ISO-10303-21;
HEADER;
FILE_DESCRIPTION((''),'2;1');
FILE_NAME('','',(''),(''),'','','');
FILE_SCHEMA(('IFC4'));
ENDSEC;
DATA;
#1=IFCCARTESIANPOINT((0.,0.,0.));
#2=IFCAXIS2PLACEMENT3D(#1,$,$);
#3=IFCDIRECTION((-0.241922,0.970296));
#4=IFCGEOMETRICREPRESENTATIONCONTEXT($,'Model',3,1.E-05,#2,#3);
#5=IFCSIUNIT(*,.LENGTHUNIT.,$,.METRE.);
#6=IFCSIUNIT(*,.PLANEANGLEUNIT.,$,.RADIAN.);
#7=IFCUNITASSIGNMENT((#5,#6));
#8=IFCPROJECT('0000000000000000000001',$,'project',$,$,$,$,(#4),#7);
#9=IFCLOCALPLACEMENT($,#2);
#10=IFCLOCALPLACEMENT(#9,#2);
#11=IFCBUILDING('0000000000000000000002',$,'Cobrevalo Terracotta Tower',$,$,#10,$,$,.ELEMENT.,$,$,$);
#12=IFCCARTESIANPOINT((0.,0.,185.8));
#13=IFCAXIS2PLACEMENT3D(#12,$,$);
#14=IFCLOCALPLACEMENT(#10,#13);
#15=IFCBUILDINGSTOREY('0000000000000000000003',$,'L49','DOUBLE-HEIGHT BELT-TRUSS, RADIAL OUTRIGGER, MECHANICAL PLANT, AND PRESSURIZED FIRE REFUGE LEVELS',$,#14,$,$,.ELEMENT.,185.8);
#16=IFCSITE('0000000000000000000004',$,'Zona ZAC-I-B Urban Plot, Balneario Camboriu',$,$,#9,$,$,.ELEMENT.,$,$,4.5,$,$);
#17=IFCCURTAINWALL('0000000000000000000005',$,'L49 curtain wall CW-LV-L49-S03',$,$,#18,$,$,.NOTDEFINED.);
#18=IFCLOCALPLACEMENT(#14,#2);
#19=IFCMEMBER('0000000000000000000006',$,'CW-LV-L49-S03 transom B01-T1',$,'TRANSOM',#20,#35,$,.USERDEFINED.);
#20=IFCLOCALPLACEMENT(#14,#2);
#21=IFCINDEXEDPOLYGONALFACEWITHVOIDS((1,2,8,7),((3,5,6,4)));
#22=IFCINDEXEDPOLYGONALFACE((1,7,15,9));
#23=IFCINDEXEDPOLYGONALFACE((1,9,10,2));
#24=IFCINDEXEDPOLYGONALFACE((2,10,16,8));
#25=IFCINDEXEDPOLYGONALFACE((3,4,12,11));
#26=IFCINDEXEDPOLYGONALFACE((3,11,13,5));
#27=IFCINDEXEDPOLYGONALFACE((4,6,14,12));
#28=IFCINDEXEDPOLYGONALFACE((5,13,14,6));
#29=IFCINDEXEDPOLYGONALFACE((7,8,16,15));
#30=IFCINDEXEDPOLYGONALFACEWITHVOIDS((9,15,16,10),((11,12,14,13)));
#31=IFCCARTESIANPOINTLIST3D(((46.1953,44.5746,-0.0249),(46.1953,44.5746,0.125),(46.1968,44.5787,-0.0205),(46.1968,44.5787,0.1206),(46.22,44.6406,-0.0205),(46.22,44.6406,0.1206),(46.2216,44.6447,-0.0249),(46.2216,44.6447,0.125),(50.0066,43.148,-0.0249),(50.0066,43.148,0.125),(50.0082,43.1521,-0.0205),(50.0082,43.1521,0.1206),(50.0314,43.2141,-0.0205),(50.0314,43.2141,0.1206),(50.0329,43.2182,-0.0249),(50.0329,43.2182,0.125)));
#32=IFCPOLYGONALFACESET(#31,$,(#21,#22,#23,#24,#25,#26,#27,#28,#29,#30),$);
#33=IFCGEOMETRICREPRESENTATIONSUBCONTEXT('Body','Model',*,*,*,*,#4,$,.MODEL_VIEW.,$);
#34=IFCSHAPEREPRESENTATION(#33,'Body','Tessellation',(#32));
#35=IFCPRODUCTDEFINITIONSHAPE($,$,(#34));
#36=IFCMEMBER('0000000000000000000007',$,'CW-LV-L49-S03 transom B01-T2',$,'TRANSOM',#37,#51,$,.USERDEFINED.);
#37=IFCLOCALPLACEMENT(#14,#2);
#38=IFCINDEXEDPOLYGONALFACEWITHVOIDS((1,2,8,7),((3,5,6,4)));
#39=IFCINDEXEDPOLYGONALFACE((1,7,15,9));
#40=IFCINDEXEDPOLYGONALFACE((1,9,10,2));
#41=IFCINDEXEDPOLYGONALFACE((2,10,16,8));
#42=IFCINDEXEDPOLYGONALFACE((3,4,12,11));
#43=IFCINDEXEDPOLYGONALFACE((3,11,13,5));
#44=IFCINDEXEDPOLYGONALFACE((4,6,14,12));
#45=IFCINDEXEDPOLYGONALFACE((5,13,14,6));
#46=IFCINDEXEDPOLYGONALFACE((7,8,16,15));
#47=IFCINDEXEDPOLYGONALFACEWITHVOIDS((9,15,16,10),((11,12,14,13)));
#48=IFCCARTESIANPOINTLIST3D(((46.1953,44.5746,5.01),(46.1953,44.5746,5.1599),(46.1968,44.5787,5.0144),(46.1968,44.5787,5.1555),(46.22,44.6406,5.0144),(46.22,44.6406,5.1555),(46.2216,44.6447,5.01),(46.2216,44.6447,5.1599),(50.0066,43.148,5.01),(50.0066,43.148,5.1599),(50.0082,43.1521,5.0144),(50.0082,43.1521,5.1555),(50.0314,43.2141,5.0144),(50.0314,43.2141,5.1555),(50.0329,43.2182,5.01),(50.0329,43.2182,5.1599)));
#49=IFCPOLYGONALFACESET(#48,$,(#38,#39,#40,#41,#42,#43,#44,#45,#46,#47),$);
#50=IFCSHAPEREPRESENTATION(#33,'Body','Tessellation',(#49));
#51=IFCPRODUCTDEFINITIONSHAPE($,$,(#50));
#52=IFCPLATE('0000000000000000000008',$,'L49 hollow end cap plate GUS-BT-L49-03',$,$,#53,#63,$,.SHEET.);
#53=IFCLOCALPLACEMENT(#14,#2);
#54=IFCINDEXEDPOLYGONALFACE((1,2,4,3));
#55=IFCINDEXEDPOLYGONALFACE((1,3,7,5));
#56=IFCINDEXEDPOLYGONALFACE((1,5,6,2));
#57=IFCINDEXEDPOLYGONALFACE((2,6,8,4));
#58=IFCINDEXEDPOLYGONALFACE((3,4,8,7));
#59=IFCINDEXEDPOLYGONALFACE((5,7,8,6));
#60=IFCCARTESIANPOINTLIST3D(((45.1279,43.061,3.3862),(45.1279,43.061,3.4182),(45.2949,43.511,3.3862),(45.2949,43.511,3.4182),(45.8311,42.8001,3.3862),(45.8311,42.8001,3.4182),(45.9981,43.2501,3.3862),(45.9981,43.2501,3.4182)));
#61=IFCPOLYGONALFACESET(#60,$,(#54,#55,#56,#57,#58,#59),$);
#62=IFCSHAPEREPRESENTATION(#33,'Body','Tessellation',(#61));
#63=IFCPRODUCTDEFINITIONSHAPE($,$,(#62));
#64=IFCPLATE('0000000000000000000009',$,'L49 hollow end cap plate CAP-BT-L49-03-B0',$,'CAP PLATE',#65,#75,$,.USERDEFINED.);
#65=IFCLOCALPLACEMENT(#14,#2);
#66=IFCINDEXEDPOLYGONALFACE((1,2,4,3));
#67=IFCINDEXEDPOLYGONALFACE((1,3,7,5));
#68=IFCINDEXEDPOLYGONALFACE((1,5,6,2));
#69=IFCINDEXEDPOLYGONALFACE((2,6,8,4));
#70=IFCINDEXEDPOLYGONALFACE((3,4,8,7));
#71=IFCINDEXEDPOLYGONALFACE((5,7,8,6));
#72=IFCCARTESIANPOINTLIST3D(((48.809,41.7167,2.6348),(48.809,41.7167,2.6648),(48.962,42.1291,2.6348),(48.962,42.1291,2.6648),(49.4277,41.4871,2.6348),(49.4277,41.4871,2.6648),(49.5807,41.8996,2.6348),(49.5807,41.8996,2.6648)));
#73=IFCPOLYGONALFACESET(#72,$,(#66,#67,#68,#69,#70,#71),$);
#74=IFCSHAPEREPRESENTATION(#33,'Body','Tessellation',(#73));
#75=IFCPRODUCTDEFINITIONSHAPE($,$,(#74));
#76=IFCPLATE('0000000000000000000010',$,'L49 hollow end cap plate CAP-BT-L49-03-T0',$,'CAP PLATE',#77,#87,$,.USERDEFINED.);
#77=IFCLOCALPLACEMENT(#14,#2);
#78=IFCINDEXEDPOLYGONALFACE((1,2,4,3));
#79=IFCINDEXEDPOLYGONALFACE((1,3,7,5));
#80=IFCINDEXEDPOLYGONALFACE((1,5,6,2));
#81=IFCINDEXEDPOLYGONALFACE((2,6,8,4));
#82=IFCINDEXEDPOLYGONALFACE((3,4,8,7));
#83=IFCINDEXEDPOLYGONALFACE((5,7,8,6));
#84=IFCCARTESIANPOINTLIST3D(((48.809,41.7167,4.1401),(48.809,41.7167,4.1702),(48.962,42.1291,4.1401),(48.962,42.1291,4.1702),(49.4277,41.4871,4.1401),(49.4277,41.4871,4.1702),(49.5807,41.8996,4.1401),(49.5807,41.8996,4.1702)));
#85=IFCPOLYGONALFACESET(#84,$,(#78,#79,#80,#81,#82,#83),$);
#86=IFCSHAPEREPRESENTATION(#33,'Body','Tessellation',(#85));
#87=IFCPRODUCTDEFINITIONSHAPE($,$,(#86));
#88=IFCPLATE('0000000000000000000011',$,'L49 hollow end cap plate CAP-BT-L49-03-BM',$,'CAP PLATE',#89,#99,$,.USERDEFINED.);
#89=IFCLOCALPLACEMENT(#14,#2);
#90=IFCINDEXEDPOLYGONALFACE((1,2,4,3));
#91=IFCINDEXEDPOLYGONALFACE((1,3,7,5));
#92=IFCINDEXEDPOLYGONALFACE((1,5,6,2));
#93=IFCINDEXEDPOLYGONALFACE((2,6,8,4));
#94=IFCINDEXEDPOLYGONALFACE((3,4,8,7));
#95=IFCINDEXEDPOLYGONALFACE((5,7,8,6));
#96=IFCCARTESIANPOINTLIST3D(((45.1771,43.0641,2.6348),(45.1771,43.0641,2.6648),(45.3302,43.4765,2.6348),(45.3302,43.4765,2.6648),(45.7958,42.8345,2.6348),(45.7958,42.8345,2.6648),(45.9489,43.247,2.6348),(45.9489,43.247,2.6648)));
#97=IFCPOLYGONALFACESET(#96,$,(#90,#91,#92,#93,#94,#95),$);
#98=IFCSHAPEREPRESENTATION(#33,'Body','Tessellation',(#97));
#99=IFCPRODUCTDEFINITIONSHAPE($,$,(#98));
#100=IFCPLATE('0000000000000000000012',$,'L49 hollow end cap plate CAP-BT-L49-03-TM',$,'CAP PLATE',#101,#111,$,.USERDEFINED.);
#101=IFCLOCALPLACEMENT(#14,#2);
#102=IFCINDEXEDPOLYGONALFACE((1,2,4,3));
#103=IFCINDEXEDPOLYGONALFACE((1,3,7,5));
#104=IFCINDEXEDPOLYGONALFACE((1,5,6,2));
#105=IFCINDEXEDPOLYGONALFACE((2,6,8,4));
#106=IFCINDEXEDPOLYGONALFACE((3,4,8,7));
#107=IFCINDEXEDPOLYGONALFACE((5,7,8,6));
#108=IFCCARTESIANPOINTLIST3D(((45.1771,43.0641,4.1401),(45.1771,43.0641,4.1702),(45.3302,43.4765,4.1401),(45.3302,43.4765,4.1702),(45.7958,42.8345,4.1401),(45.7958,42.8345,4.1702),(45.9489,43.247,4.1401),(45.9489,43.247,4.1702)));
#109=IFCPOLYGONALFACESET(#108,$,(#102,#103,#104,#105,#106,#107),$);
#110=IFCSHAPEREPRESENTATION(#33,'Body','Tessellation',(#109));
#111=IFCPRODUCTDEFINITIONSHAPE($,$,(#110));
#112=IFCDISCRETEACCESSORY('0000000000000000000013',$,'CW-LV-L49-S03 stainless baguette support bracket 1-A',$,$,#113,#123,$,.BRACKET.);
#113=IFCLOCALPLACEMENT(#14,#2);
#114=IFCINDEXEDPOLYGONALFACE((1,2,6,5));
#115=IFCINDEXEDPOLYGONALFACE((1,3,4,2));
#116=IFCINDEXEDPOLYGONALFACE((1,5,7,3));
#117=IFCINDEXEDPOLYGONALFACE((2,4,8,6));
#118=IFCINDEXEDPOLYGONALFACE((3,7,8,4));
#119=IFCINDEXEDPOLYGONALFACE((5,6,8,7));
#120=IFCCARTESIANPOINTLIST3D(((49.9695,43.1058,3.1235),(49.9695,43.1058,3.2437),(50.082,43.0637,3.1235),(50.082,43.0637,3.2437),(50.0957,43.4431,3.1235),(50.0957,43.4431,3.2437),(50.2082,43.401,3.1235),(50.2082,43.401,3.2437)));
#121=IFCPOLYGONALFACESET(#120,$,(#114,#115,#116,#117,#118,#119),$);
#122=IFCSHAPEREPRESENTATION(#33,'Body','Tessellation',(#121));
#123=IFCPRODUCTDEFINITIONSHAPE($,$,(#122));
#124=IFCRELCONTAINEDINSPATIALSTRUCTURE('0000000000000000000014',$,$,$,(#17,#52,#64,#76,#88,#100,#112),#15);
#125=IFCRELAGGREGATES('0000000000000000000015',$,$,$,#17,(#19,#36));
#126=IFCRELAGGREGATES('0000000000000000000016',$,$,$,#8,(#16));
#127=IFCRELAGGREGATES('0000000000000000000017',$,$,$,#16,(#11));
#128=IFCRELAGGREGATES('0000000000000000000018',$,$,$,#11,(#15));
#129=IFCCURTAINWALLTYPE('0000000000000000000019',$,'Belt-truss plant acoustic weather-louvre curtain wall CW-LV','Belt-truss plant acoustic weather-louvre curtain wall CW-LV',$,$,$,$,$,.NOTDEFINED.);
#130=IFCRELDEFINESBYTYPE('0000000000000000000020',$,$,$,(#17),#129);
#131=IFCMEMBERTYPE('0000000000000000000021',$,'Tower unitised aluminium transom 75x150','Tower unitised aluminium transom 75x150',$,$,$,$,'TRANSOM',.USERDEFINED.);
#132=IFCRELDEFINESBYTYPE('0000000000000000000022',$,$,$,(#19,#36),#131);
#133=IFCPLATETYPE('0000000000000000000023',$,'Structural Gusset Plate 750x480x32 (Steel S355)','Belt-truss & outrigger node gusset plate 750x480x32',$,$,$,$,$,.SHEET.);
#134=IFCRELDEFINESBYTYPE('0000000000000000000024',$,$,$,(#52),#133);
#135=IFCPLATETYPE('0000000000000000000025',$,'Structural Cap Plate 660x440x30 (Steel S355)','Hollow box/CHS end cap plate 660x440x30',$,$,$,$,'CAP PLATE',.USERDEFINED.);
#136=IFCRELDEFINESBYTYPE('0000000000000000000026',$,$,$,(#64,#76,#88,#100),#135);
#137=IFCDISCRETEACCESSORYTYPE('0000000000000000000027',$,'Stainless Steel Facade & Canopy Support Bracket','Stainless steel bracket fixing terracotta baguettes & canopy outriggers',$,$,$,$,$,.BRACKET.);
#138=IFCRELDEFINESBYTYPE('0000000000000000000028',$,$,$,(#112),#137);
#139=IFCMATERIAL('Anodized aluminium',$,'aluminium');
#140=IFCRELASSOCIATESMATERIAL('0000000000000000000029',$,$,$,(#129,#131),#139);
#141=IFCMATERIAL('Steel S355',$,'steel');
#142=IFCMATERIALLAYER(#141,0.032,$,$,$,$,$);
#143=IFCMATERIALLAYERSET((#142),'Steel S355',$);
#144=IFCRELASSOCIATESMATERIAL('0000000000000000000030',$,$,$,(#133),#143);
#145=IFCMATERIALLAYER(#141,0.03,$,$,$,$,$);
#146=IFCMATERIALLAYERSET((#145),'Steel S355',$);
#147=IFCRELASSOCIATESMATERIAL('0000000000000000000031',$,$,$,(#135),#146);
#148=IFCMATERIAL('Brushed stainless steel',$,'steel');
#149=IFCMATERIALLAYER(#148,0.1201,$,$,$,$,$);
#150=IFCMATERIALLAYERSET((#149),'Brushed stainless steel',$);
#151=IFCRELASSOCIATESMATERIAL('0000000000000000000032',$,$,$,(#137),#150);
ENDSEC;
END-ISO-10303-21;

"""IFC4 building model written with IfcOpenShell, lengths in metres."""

from ifc_helpers import new_model, si_unit, direction, frame, origin, origin_2d, place, context, subcontext, project, spatial, rectangle, hollow_rectangle, extrude, source, transform, mapped, material, layer, layer_set, material_profile, profile_set, type_object, element, aggregate, save


model = new_model("IFC4")

# Units and contexts
model_context = context("Model", 3, precision=1e-05, world=origin(), true_north=direction((-0.241922, 0.970296)))
body_context = subcontext(model_context, "Body", "Model", "MODEL_VIEW")
ifc_project = project(units=[si_unit("LENGTHUNIT", "METRE"), si_unit("PLANEANGLEUNIT", "RADIAN")], contexts=[model_context])

# Site, building, storey
site_placement = place(None, origin())
site = spatial("IfcSite", under=ifc_project, at=site_placement, Name="Zona ZAC-I-B Urban Plot, Balneario Camboriu", CompositionType="ELEMENT", RefElevation=4.5)
building_placement = place(site_placement, origin())
building = spatial("IfcBuilding", under=site, at=building_placement, Name="Cobrevalo Terracotta Tower", CompositionType="ELEMENT")
storey_placement = place(building_placement, frame((0.0, 0.0, 185.8)))
storey = spatial("IfcBuildingStorey", under=building, at=storey_placement, Name="L49", Description="DOUBLE-HEIGHT BELT-TRUSS, RADIAL OUTRIGGER, MECHANICAL PLANT, AND PRESSURIZED FIRE REFUGE LEVELS", CompositionType="ELEMENT", Elevation=185.8)

# Shared definitions
ifc_material_1 = material(Name="Steel S355", Category="steel")

# Curtain wall, members
ifc_material_2 = material(Name="Anodized aluminium", Category="aluminium")
curtain_wall_type = type_object("IfcCurtainWallType", Name="Belt-truss plant acoustic weather-louvre curtain wall CW-LV", Description="Belt-truss plant acoustic weather-louvre curtain wall CW-LV", PredefinedType="NOTDEFINED", material=ifc_material_2)
curtain_wall_placement = place(storey_placement, origin())
curtain_wall = element("IfcCurtainWall", 1, at=curtain_wall_placement, inside=storey, type_object=curtain_wall_type, Name="L49 curtain wall CW-LV-L49-S03", PredefinedType="NOTDEFINED")
ifc_material_profile_1 = material_profile(ifc_material_2, hollow_rectangle(XDim=0.075, YDim=0.1499, WallThickness=0.0044, at=origin_2d()), Name="CWT 75x150")
ifc_profile_set_1 = profile_set([ifc_material_profile_1], Name="Anodized aluminium")
member_type_1 = type_object("IfcMemberType", Name="Tower unitised aluminium transom 75x150", Description="Tower unitised aluminium transom 75x150", ElementType="TRANSOM", PredefinedType="USERDEFINED", material=ifc_profile_set_1)
shared_shape_1 = source(origin(), body_context, "Body", "SweptSolid", [
    extrude(hollow_rectangle(XDim=0.075, YDim=0.1499, WallThickness=0.0044, at=origin_2d()), origin(), (0.0, 0.0, 1.0), 4.0696),
])
member_1_placement = place(storey_placement, frame((50.0198, 43.1831, 0.05), z_axis=(-0.936548, 0.350538, 0.0), x_axis=(-0.350538, -0.936548, 0.0)))
member_1 = element("IfcMember", 2, at=member_1_placement, type_object=member_type_1, Name="CW-LV-L49-S03 transom B01-T1", ObjectType="TRANSOM", PredefinedType="USERDEFINED", context=body_context, shape_type="MappedRepresentation", body=[
    mapped(shared_shape_1, transform((0.0, 0.0, 0.0), scale=1.0)),
])
member_2_placement = place(storey_placement, frame((50.0198, 43.1831, 5.085), z_axis=(-0.936548, 0.350538, 0.0), x_axis=(-0.350538, -0.936548, 0.0)))
member_2 = element("IfcMember", 3, at=member_2_placement, type_object=member_type_1, Name="CW-LV-L49-S03 transom B01-T2", ObjectType="TRANSOM", PredefinedType="USERDEFINED", context=body_context, shape_type="MappedRepresentation", body=[
    mapped(shared_shape_1, transform((0.0, 0.0, 0.0), scale=1.0)),
])
aggregate(curtain_wall, [member_1, member_2])

# Plates
ifc_layer_1 = layer(ifc_material_1, 0.032)
ifc_layer_set_1 = layer_set([ifc_layer_1], Name="Steel S355")
plate_type_1 = type_object("IfcPlateType", Name="Structural Gusset Plate 750x480x32 (Steel S355)", Description="Belt-truss & outrigger node gusset plate 750x480x32", PredefinedType="SHEET", material=ifc_layer_set_1)
shared_shape_2 = source(origin(), body_context, "Body", "SweptSolid", [
    extrude(rectangle(XDim=0.75, YDim=0.48, at=origin_2d()), origin(), (0.0, 0.0, 1.0), 0.032),
])
plate_placement = place(storey_placement, frame((45.563, 43.1555, 3.3862), z_axis=(0.0, 0.0, 1.0), x_axis=(-0.937543, 0.34787, 0.0)))
element("IfcPlate", 4, at=plate_placement, inside=storey, type_object=plate_type_1, Name="L49 hollow end cap plate GUS-BT-L49-03", PredefinedType="SHEET", context=body_context, shape_type="MappedRepresentation", body=[
    mapped(shared_shape_2, transform((0.0, 0.0, 0.0), scale=1.0)),
])
ifc_layer_2 = layer(ifc_material_1, 0.03)
ifc_layer_set_2 = layer_set([ifc_layer_2], Name="Steel S355")
plate_type_2 = type_object("IfcPlateType", Name="Structural Cap Plate 660x440x30 (Steel S355)", Description="Hollow box/CHS end cap plate 660x440x30", ElementType="CAP PLATE", PredefinedType="USERDEFINED", material=ifc_layer_set_2)
shared_shape_3 = source(origin(), body_context, "Body", "SweptSolid", [
    extrude(rectangle(XDim=0.6599, YDim=0.4399, at=origin_2d()), origin(), (0.0, 0.0, 1.0), 0.03),
])
for number, where, z_axis, x_axis, name in (
    (5, (49.1948, 41.8081, 2.6348), (0.0, 0.0, 1.0), (-0.937543, 0.34787, 0.0), "L49 hollow end cap plate CAP-BT-L49-03-B0"),
    (6, (49.1948, 41.8081, 4.1401), (0.0, 0.0, 1.0), (-0.937543, 0.34787, 0.0), "L49 hollow end cap plate CAP-BT-L49-03-T0"),
    (7, (45.563, 43.1555, 2.6348), (0.0, 0.0, 1.0), (-0.937543, 0.34787, 0.0), "L49 hollow end cap plate CAP-BT-L49-03-BM"),
    (8, (45.563, 43.1555, 4.1401), (0.0, 0.0, 1.0), (-0.937543, 0.34787, 0.0), "L49 hollow end cap plate CAP-BT-L49-03-TM"),
):
    element("IfcPlate", number, at=place(storey_placement, frame(where, z_axis=z_axis, x_axis=x_axis)), inside=storey, type_object=plate_type_2, Name=name, ObjectType="CAP PLATE", PredefinedType="USERDEFINED", context=body_context, shape_type="MappedRepresentation", body=[
        mapped(shared_shape_3, transform((0.0, 0.0, 0.0), scale=1.0)),
    ])

# Discrete accessory
ifc_material_3 = material(Name="Brushed stainless steel", Category="steel")
ifc_layer_3 = layer(ifc_material_3, 0.1201)
ifc_layer_set_3 = layer_set([ifc_layer_3], Name="Brushed stainless steel")
discrete_accessory_type = type_object("IfcDiscreteAccessoryType", Name="Stainless Steel Facade & Canopy Support Bracket", Description="Stainless steel bracket fixing terracotta baguettes & canopy outriggers", PredefinedType="BRACKET", material=ifc_layer_set_3)
shared_shape_4 = source(origin(), body_context, "Body", "SweptSolid", [
    extrude(rectangle(XDim=0.1201, YDim=0.3601, at=origin_2d()), origin(), (0.0, 0.0, 1.0), 0.1201),
])
discrete_accessory_placement = place(storey_placement, frame((50.0889, 43.2534, 3.1235), z_axis=(0.0, 0.0, 1.0), x_axis=(-0.936558, 0.350513, 0.0)))
element("IfcDiscreteAccessory", 9, at=discrete_accessory_placement, inside=storey, type_object=discrete_accessory_type, Name="CW-LV-L49-S03 stainless baguette support bracket 1-A", PredefinedType="BRACKET", context=body_context, shape_type="MappedRepresentation", body=[
    mapped(shared_shape_4, transform((0.0, 0.0, 0.0), scale=1.0)),
])

save(model, "model.ifc")
